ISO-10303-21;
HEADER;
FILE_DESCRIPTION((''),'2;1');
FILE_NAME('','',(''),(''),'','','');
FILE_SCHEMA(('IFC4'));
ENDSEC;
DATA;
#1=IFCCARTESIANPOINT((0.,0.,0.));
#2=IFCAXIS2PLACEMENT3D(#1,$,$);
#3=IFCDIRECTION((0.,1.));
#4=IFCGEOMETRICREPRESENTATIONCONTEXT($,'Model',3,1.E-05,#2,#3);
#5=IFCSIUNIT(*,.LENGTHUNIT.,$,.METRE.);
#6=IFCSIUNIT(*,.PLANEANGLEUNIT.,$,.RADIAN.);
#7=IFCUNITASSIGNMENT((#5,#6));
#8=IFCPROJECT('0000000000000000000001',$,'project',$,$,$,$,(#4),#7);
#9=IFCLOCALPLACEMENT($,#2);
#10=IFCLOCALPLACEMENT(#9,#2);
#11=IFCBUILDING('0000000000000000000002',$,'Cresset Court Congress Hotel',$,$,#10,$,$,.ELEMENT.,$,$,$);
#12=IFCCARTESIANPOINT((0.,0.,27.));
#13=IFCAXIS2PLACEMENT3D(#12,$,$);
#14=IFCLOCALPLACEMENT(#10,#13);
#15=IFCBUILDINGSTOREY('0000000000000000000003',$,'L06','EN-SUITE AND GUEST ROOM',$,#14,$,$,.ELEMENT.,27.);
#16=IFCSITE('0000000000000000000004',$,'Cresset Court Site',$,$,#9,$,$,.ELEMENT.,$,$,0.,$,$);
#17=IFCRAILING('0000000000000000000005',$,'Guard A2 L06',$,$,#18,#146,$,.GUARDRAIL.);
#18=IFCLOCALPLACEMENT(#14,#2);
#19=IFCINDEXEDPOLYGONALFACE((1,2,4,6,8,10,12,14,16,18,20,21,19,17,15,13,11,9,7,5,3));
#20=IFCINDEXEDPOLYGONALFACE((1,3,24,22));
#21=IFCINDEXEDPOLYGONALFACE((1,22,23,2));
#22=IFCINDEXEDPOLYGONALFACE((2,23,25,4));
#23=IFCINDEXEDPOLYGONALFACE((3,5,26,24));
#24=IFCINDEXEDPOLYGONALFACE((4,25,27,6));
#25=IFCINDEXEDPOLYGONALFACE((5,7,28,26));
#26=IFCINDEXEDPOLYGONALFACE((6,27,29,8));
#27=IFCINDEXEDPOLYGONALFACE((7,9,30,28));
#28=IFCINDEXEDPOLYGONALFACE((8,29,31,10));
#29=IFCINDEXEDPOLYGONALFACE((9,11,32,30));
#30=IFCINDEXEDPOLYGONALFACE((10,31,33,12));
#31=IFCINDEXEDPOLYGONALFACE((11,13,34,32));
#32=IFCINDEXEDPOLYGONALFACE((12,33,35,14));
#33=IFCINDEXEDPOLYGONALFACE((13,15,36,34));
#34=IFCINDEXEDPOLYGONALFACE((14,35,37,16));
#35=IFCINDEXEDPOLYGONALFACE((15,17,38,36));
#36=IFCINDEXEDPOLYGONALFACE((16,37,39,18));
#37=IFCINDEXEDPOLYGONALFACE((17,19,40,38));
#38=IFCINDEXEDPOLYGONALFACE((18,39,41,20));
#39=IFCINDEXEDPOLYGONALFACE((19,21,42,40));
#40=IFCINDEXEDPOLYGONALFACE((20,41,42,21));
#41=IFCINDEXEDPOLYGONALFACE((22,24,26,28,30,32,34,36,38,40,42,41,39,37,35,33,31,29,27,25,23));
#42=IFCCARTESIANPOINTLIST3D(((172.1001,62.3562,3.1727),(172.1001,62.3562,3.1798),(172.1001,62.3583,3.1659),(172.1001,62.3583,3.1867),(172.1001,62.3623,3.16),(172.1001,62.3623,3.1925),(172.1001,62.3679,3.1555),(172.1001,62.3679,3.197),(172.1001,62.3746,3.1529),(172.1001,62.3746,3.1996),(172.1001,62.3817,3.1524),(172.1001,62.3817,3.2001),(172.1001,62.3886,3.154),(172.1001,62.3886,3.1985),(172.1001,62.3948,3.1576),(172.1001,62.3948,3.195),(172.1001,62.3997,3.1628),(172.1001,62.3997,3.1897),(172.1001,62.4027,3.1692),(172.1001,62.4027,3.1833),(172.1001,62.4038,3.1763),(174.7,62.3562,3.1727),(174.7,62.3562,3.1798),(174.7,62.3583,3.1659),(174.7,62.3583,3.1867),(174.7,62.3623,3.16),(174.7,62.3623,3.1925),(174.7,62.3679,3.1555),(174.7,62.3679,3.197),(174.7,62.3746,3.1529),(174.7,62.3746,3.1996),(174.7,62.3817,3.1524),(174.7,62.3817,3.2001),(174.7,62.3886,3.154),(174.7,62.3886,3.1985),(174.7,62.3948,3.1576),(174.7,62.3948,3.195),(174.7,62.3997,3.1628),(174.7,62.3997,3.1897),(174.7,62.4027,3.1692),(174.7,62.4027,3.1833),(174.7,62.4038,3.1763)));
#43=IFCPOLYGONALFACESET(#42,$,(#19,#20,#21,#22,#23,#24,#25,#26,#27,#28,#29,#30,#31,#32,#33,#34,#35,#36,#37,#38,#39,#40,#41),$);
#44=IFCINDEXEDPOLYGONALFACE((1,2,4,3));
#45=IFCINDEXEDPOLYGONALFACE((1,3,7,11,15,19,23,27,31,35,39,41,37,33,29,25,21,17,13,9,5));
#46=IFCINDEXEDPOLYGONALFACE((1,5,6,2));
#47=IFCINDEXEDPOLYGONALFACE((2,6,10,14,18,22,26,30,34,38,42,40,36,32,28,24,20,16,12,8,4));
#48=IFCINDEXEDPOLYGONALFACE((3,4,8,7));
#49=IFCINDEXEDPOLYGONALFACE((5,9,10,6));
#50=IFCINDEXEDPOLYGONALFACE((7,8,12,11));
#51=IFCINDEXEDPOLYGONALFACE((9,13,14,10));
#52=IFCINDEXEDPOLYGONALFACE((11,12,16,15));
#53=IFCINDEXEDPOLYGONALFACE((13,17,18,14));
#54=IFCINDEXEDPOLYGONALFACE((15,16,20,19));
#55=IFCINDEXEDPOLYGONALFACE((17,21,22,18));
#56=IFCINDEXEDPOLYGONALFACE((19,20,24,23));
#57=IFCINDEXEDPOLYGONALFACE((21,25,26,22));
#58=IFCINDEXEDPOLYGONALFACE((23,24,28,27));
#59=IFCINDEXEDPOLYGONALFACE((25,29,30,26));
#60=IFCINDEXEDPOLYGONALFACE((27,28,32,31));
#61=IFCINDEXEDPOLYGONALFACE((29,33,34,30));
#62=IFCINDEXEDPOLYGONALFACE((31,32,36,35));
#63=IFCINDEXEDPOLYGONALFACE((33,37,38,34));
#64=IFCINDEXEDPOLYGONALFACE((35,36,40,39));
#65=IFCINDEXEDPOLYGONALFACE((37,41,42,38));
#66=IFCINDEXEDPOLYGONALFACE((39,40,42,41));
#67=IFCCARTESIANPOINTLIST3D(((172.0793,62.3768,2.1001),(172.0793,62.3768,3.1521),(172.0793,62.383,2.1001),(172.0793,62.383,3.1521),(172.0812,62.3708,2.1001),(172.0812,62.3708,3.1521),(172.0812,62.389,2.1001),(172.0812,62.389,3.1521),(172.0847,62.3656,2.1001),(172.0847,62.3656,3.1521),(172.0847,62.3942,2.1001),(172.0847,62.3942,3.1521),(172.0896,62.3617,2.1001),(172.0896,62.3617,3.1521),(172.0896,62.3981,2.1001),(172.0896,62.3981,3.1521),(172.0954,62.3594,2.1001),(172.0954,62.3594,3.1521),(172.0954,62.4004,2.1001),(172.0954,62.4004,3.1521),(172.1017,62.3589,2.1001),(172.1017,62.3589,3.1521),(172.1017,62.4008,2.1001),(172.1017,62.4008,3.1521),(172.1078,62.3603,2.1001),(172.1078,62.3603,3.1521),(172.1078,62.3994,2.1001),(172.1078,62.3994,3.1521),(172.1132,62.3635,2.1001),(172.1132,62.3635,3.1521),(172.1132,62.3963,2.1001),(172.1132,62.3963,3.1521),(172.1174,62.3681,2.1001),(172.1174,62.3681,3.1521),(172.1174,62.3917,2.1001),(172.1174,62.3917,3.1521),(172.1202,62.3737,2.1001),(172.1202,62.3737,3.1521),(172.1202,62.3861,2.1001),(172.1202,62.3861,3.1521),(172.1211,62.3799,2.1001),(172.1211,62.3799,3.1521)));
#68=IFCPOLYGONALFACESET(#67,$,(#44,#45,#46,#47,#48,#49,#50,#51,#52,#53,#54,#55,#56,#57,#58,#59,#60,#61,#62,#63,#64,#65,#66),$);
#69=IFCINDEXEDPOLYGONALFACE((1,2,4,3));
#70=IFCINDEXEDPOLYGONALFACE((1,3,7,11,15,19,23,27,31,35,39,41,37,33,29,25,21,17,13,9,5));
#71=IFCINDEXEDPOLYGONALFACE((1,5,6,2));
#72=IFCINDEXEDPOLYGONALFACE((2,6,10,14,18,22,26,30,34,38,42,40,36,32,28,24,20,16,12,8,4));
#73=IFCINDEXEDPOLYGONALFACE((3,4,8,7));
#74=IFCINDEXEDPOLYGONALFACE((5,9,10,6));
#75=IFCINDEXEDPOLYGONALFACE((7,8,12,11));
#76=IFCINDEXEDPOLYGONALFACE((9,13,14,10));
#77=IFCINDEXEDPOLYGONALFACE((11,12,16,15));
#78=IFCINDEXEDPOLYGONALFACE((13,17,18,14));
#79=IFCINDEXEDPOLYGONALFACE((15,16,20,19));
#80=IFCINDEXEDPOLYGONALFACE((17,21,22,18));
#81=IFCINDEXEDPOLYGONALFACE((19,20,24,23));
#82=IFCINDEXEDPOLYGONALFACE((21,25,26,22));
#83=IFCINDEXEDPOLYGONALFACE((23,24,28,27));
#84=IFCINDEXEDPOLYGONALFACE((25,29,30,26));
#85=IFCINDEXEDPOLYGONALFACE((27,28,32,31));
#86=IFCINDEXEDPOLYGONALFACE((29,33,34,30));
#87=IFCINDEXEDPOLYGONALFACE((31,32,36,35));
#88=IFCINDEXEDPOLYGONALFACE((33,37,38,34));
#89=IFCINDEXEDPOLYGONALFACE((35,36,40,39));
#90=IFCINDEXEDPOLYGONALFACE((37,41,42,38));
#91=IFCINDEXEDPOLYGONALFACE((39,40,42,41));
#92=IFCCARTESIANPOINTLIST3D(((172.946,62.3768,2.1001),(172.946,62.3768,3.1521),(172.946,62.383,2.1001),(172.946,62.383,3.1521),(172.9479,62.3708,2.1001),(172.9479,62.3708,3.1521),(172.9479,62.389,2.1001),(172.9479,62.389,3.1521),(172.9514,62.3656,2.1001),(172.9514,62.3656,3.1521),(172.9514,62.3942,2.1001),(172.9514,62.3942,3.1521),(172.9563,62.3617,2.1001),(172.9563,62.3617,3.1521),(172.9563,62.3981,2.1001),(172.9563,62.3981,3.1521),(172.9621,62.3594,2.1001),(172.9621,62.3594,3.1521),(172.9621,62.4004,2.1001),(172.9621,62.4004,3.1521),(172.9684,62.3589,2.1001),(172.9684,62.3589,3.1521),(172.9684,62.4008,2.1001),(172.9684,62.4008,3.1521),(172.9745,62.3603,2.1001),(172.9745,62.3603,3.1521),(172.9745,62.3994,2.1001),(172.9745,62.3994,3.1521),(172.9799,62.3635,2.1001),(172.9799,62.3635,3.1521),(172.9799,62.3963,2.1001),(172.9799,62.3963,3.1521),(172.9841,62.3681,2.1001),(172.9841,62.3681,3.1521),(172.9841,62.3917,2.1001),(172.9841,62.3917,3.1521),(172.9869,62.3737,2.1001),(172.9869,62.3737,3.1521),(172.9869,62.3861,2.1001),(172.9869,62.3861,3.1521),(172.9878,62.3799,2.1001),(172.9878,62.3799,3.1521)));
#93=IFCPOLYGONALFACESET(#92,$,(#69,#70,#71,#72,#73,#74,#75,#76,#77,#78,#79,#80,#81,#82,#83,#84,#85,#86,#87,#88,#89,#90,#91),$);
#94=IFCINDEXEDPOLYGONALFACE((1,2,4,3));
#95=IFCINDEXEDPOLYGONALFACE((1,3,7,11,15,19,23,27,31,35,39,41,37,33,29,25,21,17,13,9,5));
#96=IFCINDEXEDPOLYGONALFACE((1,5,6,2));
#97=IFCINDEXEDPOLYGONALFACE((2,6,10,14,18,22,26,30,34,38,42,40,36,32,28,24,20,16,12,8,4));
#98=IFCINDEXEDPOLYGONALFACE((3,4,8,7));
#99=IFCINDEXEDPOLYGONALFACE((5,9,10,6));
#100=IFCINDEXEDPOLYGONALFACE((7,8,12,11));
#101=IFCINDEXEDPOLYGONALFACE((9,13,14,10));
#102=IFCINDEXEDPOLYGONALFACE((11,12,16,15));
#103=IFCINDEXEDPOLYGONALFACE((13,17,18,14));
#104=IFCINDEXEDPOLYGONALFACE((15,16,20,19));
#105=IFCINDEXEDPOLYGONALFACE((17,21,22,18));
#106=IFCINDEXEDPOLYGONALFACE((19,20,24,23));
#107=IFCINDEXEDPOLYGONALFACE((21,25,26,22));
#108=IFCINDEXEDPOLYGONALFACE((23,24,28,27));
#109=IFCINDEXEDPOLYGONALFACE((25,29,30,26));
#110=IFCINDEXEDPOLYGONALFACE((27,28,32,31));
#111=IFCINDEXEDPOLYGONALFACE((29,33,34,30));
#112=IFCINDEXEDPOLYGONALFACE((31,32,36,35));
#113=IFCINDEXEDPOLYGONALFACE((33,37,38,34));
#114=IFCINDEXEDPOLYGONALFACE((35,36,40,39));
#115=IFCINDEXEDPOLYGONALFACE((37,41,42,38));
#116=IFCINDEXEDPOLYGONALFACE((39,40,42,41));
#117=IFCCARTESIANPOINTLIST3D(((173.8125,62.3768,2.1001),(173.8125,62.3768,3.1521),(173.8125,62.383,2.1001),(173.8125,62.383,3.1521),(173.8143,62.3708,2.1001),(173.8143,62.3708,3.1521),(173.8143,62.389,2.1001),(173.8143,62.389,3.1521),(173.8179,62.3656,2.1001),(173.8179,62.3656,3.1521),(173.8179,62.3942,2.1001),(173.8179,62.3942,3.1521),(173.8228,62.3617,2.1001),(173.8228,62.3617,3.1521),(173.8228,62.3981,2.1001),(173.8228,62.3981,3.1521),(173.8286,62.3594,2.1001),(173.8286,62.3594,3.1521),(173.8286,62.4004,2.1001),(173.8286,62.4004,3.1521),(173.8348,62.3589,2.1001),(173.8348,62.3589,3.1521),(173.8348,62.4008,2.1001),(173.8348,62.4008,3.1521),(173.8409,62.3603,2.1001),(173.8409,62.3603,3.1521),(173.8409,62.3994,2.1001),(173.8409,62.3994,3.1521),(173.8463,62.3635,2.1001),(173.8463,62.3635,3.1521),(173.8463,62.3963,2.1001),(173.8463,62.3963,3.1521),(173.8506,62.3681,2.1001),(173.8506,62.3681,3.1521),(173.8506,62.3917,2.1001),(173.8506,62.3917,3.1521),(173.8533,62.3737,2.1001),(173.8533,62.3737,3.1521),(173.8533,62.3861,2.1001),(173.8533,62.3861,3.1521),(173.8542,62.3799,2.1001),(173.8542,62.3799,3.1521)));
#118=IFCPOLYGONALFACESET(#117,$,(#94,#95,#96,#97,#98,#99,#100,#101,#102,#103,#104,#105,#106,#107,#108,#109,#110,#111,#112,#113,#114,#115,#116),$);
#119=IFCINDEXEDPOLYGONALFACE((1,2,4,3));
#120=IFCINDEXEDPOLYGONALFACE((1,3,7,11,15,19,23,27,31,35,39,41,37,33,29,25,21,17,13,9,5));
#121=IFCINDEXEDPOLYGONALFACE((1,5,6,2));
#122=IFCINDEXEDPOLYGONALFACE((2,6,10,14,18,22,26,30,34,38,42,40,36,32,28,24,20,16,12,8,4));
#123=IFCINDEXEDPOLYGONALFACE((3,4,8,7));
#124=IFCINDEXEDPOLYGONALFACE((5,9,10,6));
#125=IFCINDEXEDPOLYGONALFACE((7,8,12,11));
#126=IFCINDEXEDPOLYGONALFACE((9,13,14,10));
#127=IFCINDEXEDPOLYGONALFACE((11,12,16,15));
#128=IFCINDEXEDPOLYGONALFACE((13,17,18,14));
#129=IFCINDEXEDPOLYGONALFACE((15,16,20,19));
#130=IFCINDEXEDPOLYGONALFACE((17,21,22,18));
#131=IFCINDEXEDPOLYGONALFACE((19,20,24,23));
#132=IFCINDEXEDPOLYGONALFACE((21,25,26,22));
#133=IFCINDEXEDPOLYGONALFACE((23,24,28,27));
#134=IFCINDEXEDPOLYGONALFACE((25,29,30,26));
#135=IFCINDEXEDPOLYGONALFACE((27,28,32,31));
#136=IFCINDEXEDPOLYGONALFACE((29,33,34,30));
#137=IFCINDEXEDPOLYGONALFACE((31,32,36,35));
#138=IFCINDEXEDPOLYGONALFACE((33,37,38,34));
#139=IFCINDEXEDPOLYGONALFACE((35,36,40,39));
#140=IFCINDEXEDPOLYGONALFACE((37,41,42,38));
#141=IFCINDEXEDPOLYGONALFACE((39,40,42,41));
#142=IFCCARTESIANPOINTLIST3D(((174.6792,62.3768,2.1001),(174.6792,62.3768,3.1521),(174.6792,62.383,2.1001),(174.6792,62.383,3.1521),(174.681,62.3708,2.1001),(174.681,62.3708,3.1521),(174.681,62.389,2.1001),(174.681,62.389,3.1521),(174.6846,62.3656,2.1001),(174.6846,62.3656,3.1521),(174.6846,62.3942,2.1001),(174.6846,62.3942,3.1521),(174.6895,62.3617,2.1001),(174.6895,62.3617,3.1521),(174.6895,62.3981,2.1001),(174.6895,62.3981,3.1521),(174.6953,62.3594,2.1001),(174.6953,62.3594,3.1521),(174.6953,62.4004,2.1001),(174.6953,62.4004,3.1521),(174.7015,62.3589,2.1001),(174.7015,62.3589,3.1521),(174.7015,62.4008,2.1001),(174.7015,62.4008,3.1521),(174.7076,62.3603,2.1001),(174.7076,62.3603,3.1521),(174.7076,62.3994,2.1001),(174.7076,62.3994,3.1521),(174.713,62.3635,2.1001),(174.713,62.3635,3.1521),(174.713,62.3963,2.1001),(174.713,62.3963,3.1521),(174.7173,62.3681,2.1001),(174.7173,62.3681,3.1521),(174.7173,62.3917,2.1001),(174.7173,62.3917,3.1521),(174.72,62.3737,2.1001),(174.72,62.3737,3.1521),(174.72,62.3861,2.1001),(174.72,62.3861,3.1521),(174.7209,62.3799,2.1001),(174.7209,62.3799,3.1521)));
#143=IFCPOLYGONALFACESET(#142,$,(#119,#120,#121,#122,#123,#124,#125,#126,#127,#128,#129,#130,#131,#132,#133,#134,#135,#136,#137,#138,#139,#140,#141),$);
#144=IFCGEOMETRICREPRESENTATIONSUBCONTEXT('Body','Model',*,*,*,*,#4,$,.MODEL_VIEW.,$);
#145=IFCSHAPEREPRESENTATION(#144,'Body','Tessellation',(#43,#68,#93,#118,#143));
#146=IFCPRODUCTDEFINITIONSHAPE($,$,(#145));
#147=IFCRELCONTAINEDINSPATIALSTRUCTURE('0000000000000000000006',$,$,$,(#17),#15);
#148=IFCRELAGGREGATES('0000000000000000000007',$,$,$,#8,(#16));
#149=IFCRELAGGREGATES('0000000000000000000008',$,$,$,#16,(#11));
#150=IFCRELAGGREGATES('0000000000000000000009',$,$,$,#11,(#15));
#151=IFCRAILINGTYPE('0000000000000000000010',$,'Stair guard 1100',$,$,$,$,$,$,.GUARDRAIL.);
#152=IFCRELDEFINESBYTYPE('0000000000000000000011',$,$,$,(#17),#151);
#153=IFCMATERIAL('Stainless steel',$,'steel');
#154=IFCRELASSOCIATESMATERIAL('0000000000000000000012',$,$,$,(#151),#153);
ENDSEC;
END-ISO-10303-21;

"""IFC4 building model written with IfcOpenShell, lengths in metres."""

from ifc_helpers import new_model, si_unit, direction, frame, origin, origin_2d, place, context, subcontext, project, spatial, circle, extrude, material, type_object, element, save


model = new_model("IFC4")

# Units and contexts
model_context = context("Model", 3, precision=1e-05, world=origin(), true_north=direction((0.0, 1.0)))
body_context = subcontext(model_context, "Body", "Model", "MODEL_VIEW")
ifc_project = project(units=[si_unit("LENGTHUNIT", "METRE"), si_unit("PLANEANGLEUNIT", "RADIAN")], contexts=[model_context])

# Site, building, storey
site_placement = place(None, origin())
site = spatial("IfcSite", under=ifc_project, at=site_placement, Name="Cresset Court Site", CompositionType="ELEMENT", RefElevation=0.0)
building_placement = place(site_placement, origin())
building = spatial("IfcBuilding", under=site, at=building_placement, Name="Cresset Court Congress Hotel", CompositionType="ELEMENT")
storey_placement = place(building_placement, frame((0.0, 0.0, 27.0)))
storey = spatial("IfcBuildingStorey", under=building, at=storey_placement, Name="L06", Description="EN-SUITE AND GUEST ROOM", CompositionType="ELEMENT", Elevation=27.0)

# Railing
ifc_material_1 = material(Name="Stainless steel", Category="steel")
railing_type_1 = type_object("IfcRailingType", Name="Stair guard 1100", PredefinedType="GUARDRAIL", material=ifc_material_1)
for number, where, name in (
    (1, (172.1001, 62.3799, 2.1001), "Guard A2 L06"),
):
    element("IfcRailing", number, at=place(storey_placement, frame(where)), inside=storey, type_object=railing_type_1, Name=name, PredefinedType="GUARDRAIL", context=body_context, shape_type="SweptSolid", body=[
        extrude(circle(Radius=0.0239, at=origin_2d()), frame((0.0, 0.0, 1.0762), z_axis=(1.0, 0.0, 0.0), x_axis=(0.0, 1.0, 0.0)), (0.0, 0.0, 1.0), 2.5999),
        extrude(circle(Radius=0.021, at=origin_2d()), origin(), (0.0, 0.0, 1.0), 1.052),
        extrude(circle(Radius=0.021, at=origin_2d()), frame((0.8667, 0.0, 0.0)), (0.0, 0.0, 1.0), 1.052),
        extrude(circle(Radius=0.021, at=origin_2d()), frame((1.7332, 0.0, 0.0)), (0.0, 0.0, 1.0), 1.052),
        extrude(circle(Radius=0.021, at=origin_2d()), frame((2.5999, 0.0, 0.0)), (0.0, 0.0, 1.0), 1.052),
    ])

save(model, "model.ifc")
